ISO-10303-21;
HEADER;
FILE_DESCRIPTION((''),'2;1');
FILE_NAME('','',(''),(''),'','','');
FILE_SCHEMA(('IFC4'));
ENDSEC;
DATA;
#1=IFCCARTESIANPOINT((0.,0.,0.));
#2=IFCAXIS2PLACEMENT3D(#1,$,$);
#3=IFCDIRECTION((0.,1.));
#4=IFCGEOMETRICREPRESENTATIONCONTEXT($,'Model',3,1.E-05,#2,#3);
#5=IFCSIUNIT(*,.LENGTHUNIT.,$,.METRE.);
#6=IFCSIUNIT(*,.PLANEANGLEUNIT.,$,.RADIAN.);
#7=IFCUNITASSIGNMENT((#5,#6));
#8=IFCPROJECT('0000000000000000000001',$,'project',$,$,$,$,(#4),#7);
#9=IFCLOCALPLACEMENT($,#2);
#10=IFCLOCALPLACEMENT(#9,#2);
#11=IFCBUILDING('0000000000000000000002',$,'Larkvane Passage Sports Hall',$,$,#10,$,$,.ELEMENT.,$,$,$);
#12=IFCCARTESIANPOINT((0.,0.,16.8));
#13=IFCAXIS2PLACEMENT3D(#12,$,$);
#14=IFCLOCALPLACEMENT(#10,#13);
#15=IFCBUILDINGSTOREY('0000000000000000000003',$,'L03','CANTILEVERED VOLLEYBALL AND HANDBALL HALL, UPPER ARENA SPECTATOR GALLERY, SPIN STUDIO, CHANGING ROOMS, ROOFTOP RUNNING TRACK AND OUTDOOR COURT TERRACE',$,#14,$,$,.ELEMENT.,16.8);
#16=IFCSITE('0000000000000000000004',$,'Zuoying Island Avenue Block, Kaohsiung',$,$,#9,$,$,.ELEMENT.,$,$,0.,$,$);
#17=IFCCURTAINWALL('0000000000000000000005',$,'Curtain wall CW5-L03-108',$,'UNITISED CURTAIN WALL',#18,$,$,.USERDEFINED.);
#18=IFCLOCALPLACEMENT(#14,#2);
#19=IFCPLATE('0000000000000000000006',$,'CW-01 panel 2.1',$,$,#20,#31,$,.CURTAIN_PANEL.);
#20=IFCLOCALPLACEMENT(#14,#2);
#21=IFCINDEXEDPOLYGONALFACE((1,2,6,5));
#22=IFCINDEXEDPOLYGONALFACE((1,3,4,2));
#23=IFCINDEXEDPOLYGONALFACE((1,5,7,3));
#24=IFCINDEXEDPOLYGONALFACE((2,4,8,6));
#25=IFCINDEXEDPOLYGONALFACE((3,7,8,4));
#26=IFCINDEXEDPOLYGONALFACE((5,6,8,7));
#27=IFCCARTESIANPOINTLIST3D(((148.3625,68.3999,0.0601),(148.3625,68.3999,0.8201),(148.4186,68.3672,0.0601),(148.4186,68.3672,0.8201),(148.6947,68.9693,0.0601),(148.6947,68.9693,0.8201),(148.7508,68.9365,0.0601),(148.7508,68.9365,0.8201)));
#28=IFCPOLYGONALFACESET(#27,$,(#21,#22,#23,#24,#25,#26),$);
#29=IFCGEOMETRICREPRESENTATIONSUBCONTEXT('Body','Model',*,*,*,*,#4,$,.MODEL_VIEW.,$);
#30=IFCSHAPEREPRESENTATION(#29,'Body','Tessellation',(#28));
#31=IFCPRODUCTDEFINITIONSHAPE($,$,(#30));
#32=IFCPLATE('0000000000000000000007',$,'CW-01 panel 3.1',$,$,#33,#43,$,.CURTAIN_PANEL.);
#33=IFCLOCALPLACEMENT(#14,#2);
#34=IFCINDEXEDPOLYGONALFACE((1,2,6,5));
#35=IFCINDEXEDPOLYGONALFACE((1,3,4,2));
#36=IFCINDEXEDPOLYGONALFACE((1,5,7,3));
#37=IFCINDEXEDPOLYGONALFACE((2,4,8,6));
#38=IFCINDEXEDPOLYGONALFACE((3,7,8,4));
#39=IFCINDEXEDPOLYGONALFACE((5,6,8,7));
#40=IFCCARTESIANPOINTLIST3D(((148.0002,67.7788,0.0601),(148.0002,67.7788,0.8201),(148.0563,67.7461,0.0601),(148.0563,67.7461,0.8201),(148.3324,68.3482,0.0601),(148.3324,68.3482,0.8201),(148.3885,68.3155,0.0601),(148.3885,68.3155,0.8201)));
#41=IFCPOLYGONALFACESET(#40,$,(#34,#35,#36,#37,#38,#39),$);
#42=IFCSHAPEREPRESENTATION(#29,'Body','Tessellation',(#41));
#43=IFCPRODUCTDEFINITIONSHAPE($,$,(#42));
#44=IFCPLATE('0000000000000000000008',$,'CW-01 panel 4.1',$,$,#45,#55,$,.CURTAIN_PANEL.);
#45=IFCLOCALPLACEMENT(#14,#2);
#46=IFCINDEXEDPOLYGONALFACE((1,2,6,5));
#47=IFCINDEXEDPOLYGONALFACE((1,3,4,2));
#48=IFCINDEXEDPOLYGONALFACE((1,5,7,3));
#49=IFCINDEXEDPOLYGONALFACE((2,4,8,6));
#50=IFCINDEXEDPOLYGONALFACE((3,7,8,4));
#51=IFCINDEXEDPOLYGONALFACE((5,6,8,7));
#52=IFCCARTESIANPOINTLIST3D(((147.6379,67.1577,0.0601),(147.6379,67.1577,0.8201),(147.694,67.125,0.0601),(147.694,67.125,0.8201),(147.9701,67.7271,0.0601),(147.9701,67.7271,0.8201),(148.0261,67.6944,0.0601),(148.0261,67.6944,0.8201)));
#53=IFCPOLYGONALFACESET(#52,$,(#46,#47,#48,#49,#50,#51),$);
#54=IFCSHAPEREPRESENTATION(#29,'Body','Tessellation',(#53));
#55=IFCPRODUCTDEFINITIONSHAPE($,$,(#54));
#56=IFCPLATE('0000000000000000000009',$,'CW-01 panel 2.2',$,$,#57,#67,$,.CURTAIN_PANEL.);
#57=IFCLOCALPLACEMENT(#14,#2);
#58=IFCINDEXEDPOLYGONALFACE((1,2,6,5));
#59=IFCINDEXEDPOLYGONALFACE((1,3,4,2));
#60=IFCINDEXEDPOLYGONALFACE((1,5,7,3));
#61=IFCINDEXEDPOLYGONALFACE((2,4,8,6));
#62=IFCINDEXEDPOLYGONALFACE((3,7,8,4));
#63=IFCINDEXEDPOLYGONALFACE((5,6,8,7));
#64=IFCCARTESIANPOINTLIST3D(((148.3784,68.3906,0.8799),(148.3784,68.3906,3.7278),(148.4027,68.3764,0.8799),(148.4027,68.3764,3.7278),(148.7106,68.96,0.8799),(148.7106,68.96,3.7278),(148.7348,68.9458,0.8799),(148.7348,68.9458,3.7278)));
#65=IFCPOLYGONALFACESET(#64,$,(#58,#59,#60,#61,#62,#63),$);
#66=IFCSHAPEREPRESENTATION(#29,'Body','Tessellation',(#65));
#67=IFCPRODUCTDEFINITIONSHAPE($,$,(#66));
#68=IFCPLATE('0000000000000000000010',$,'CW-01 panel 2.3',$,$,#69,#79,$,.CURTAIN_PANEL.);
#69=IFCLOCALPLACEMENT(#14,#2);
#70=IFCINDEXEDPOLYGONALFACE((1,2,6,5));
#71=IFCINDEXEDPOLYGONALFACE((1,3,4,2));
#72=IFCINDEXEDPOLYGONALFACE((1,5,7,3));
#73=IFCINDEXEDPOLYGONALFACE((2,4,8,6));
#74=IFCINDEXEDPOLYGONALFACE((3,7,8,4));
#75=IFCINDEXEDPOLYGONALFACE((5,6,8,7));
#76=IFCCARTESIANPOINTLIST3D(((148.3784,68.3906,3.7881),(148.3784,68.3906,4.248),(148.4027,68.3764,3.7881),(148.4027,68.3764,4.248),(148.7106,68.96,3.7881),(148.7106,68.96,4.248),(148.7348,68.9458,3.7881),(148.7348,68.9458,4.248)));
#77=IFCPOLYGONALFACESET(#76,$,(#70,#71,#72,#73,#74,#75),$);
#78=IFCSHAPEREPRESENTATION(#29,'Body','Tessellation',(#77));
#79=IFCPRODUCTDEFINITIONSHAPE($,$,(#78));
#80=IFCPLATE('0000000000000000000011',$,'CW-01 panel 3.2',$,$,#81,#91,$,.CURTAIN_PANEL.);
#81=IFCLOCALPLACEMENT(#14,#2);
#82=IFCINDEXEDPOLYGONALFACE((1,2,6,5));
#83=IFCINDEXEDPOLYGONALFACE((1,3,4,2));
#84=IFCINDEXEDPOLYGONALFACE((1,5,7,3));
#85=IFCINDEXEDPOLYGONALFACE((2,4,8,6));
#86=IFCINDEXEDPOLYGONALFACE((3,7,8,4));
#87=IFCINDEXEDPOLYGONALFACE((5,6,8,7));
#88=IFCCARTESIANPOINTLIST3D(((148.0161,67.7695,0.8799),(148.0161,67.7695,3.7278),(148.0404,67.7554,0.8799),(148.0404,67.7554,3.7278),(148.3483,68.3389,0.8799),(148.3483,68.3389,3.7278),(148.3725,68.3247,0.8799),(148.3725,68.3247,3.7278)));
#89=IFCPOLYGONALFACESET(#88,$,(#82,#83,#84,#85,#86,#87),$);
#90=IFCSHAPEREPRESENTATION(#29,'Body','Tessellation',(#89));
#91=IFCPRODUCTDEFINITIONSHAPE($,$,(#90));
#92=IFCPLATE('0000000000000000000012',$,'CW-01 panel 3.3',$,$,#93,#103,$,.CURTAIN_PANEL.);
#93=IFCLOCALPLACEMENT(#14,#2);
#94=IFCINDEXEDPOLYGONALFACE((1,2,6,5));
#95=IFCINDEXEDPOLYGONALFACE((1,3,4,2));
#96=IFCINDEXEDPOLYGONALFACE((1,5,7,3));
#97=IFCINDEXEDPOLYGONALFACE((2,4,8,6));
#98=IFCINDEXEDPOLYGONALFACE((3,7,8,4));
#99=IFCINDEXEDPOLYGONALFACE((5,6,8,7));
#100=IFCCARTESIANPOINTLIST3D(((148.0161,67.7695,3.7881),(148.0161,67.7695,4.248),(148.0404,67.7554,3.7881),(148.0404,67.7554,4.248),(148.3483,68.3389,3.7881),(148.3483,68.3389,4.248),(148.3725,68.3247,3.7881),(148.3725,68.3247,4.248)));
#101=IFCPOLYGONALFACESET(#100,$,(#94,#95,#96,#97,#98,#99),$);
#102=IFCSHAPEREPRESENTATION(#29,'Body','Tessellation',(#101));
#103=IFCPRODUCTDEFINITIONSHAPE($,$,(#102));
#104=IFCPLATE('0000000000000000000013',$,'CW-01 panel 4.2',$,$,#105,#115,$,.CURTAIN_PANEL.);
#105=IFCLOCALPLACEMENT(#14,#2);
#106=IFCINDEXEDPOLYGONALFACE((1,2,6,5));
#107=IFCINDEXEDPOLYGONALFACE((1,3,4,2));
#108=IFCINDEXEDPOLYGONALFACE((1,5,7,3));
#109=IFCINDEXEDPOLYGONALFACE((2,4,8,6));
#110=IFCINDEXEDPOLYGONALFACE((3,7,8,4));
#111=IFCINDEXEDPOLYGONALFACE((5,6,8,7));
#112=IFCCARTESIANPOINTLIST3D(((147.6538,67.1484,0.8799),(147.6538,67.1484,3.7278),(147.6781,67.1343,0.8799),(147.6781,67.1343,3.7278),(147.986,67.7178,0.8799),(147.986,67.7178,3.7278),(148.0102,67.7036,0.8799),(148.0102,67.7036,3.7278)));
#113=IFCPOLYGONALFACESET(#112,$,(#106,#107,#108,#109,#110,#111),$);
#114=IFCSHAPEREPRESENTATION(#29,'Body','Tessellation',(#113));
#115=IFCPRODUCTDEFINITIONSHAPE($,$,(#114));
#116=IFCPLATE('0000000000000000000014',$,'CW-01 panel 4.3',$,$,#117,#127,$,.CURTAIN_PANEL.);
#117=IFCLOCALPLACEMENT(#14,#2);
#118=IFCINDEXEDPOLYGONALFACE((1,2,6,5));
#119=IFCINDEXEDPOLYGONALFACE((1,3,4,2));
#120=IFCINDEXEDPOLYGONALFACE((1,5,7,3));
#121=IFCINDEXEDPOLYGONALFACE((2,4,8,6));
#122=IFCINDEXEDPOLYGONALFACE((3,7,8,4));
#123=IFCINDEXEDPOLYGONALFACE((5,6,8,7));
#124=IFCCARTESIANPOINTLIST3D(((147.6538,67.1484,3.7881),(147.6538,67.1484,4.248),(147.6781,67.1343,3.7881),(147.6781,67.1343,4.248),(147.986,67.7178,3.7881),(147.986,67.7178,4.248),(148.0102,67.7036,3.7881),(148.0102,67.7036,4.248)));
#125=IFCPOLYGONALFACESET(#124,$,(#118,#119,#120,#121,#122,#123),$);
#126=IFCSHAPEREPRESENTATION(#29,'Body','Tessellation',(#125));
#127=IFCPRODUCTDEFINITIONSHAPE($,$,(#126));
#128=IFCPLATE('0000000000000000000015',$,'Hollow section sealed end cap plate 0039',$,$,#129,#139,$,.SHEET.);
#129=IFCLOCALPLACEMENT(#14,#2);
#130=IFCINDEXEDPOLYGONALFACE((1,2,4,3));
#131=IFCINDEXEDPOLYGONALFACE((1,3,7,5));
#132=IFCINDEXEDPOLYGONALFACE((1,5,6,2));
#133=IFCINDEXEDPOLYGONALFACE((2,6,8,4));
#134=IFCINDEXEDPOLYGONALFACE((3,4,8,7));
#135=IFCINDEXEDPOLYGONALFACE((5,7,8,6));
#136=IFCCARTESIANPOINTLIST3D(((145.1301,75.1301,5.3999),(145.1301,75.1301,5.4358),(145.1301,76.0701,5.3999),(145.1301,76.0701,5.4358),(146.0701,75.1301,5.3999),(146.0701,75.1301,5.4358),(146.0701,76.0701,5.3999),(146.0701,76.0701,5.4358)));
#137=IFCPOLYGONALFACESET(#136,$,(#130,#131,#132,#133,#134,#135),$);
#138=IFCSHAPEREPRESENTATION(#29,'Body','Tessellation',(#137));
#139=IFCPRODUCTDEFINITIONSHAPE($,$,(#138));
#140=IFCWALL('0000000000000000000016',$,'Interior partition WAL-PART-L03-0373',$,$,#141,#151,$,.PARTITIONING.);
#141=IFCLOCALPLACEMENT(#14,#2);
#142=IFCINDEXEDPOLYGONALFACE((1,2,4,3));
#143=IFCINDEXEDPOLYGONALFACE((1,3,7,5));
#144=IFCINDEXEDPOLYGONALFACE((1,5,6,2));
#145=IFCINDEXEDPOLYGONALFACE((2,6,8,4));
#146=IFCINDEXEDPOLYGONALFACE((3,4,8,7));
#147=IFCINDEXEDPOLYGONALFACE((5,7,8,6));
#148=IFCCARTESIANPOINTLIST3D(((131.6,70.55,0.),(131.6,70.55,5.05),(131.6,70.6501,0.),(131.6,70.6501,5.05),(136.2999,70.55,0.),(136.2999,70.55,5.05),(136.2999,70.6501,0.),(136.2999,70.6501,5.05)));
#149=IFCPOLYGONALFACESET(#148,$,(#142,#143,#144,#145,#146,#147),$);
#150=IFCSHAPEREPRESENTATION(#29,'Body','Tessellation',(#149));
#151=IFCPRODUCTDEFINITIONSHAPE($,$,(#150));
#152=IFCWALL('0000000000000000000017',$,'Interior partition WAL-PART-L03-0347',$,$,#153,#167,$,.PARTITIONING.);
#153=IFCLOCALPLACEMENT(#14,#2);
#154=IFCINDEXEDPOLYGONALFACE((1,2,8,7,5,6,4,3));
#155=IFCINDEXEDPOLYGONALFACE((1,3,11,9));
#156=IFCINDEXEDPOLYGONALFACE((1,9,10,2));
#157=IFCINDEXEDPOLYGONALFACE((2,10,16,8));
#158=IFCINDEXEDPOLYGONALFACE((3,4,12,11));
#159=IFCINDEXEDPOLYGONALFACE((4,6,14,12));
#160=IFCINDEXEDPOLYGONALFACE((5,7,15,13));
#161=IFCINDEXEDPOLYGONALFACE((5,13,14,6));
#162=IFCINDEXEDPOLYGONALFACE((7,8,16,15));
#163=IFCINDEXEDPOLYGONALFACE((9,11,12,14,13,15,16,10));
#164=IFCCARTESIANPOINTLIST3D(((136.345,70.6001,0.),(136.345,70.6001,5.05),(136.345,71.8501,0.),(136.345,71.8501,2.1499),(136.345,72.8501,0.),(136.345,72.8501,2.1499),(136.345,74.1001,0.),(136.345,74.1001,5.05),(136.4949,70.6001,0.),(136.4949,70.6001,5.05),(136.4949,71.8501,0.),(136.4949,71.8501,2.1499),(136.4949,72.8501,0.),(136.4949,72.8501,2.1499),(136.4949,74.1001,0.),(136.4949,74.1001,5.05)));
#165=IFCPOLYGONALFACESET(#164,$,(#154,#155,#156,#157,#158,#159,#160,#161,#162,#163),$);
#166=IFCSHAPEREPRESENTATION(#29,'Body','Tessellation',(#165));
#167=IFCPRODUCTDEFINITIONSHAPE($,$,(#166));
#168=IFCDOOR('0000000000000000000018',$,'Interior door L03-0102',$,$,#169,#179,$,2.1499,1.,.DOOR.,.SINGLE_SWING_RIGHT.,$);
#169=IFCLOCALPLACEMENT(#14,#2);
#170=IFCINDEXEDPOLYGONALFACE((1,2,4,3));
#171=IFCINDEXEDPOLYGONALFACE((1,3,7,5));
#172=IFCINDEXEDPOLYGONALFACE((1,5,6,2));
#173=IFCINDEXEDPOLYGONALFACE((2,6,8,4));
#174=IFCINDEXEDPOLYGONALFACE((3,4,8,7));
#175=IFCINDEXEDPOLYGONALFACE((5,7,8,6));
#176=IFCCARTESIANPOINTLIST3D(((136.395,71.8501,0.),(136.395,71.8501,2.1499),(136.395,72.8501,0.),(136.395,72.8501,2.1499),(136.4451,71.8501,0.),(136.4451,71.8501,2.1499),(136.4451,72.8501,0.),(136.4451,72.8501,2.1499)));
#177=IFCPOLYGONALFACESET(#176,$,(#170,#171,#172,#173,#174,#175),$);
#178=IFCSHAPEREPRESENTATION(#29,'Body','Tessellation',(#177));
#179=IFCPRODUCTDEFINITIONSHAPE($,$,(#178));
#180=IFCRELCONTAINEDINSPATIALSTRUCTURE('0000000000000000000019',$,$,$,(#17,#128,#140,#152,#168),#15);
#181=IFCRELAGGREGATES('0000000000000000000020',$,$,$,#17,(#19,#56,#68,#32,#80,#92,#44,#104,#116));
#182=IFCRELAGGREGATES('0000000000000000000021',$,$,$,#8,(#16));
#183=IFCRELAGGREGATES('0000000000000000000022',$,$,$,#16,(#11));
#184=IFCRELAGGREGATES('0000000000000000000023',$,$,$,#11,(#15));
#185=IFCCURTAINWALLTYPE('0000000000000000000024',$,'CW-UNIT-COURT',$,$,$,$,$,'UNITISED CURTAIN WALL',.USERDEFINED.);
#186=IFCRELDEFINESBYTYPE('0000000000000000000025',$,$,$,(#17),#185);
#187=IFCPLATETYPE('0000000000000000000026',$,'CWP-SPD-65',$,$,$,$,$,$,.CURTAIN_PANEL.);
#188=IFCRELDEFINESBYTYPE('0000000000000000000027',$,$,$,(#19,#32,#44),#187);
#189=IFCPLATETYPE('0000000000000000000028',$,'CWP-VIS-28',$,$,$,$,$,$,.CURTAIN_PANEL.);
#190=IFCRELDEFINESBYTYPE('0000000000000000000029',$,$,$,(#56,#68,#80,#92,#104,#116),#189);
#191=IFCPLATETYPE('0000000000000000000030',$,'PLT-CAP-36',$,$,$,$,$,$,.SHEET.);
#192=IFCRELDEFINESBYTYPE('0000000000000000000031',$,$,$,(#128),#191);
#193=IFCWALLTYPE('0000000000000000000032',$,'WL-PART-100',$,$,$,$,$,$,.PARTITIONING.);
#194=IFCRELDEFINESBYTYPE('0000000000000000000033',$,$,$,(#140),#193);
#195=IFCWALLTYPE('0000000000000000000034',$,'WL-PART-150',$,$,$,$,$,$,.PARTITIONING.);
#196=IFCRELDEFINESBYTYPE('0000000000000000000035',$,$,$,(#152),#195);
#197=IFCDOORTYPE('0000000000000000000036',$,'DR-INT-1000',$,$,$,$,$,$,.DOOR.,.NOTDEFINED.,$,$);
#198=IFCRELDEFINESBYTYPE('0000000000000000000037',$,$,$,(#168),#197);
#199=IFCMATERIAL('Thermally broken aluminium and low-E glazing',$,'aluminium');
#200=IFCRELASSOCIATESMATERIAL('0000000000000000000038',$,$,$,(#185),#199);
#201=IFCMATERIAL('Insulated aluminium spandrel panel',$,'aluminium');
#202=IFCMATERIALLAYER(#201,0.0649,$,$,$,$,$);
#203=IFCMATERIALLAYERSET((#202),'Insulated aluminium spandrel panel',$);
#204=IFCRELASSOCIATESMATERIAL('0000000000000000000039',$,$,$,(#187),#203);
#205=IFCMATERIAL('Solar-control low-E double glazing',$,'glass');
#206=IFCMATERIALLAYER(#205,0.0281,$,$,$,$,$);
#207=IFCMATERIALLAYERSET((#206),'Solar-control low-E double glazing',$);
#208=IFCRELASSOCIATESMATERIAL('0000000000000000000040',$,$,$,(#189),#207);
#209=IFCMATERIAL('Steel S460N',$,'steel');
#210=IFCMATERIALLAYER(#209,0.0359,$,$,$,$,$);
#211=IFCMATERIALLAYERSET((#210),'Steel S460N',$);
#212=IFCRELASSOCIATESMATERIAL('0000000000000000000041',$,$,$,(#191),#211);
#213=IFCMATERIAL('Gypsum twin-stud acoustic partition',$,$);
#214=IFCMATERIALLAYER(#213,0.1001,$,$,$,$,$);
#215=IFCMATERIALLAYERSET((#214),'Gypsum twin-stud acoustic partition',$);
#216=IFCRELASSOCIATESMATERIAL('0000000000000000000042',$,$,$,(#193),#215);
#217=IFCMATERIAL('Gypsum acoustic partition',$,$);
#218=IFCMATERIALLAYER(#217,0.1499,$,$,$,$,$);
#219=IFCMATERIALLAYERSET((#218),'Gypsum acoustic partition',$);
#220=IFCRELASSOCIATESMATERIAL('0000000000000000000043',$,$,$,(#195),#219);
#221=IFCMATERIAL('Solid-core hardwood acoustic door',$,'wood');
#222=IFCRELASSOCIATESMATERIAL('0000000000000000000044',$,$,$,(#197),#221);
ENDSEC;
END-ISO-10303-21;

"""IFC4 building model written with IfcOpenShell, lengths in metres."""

from ifc_helpers import new_model, si_unit, direction, frame, frame_2d, origin, origin_2d, place, context, subcontext, project, spatial, rectangle, extrude, material, layer, layer_set, type_object, element, fill, aggregate, save


model = new_model("IFC4")

# Units and contexts
model_context = context("Model", 3, precision=1e-05, world=origin(), true_north=direction((0.0, 1.0)))
body_context = subcontext(model_context, "Body", "Model", "MODEL_VIEW")
ifc_project = project(units=[si_unit("LENGTHUNIT", "METRE"), si_unit("PLANEANGLEUNIT", "RADIAN")], contexts=[model_context])

# Site, building, storey
site_placement = place(None, origin())
site = spatial("IfcSite", under=ifc_project, at=site_placement, Name="Zuoying Island Avenue Block, Kaohsiung", CompositionType="ELEMENT", RefElevation=0.0)
building_placement = place(site_placement, origin())
building = spatial("IfcBuilding", under=site, at=building_placement, Name="Larkvane Passage Sports Hall", CompositionType="ELEMENT")
storey_placement = place(building_placement, frame((0.0, 0.0, 16.8)))
storey = spatial("IfcBuildingStorey", under=building, at=storey_placement, Name="L03", Description="CANTILEVERED VOLLEYBALL AND HANDBALL HALL, UPPER ARENA SPECTATOR GALLERY, SPIN STUDIO, CHANGING ROOMS, ROOFTOP RUNNING TRACK AND OUTDOOR COURT TERRACE", CompositionType="ELEMENT", Elevation=16.8)

# Shared definitions
ifc_material_1 = material(Name="Steel S460N", Category="steel")

# Curtain wall
ifc_material_2 = material(Name="Thermally broken aluminium and low-E glazing", Category="aluminium")
curtain_wall_type = type_object("IfcCurtainWallType", Name="CW-UNIT-COURT", ElementType="UNITISED CURTAIN WALL", PredefinedType="USERDEFINED", material=ifc_material_2)
curtain_wall_placement = place(storey_placement, origin())
curtain_wall = element("IfcCurtainWall", 1, at=curtain_wall_placement, inside=storey, type_object=curtain_wall_type, Name="Curtain wall CW5-L03-108", ObjectType="UNITISED CURTAIN WALL", PredefinedType="USERDEFINED")

# Plates
ifc_material_3 = material(Name="Insulated aluminium spandrel panel", Category="aluminium")
ifc_layer_1 = layer(ifc_material_3, 0.0649)
ifc_layer_set_1 = layer_set([ifc_layer_1], Name="Insulated aluminium spandrel panel")
plate_type_1 = type_object("IfcPlateType", Name="CWP-SPD-65", PredefinedType="CURTAIN_PANEL", material=ifc_layer_set_1)
plate_1_placement = place(storey_placement, frame((148.5566, 68.6682, 0.0601), z_axis=(0.0, 0.0, 1.0), x_axis=(-0.503867, -0.863781, 0.0)))
plate_1 = element("IfcPlate", 2, at=plate_1_placement, type_object=plate_type_1, Name="CW-01 panel 2.1", PredefinedType="CURTAIN_PANEL", context=body_context, shape_type="SweptSolid", body=[
    extrude(rectangle(XDim=0.6592, YDim=0.0649, at=origin_2d()), origin(), (0.0, 0.0, 1.0), 0.76),
])
plate_2_placement = place(storey_placement, frame((148.1943, 68.0471, 0.0601), z_axis=(0.0, 0.0, 1.0), x_axis=(-0.503867, -0.863781, 0.0)))
plate_2 = element("IfcPlate", 3, at=plate_2_placement, type_object=plate_type_1, Name="CW-01 panel 3.1", PredefinedType="CURTAIN_PANEL", context=body_context, shape_type="SweptSolid", body=[
    extrude(rectangle(XDim=0.6592, YDim=0.0649, at=origin_2d()), origin(), (0.0, 0.0, 1.0), 0.76),
])
plate_3_placement = place(storey_placement, frame((147.832, 67.426, 0.0601), z_axis=(0.0, 0.0, 1.0), x_axis=(-0.503867, -0.863781, 0.0)))
plate_3 = element("IfcPlate", 4, at=plate_3_placement, type_object=plate_type_1, Name="CW-01 panel 4.1", PredefinedType="CURTAIN_PANEL", context=body_context, shape_type="SweptSolid", body=[
    extrude(rectangle(XDim=0.6592, YDim=0.0649, at=origin_2d()), origin(), (0.0, 0.0, 1.0), 0.76),
])
ifc_material_4 = material(Name="Solar-control low-E double glazing", Category="glass")
ifc_layer_2 = layer(ifc_material_4, 0.0281)
ifc_layer_set_2 = layer_set([ifc_layer_2], Name="Solar-control low-E double glazing")
plate_type_2 = type_object("IfcPlateType", Name="CWP-VIS-28", PredefinedType="CURTAIN_PANEL", material=ifc_layer_set_2)
plate_4_placement = place(storey_placement, frame((148.5566, 68.6682, 0.8799), z_axis=(0.0, 0.0, 1.0), x_axis=(-0.503867, -0.863781, 0.0)))
plate_4 = element("IfcPlate", 5, at=plate_4_placement, type_object=plate_type_2, Name="CW-01 panel 2.2", PredefinedType="CURTAIN_PANEL", context=body_context, shape_type="SweptSolid", body=[
    extrude(rectangle(XDim=0.6592, YDim=0.0281, at=origin_2d()), origin(), (0.0, 0.0, 1.0), 2.8479),
])
plate_5_placement = place(storey_placement, frame((148.5566, 68.6682, 3.7881), z_axis=(0.0, 0.0, 1.0), x_axis=(-0.503867, -0.863781, 0.0)))
plate_5 = element("IfcPlate", 6, at=plate_5_placement, type_object=plate_type_2, Name="CW-01 panel 2.3", PredefinedType="CURTAIN_PANEL", context=body_context, shape_type="SweptSolid", body=[
    extrude(rectangle(XDim=0.6592, YDim=0.0281, at=origin_2d()), origin(), (0.0, 0.0, 1.0), 0.46),
])
plate_6_placement = place(storey_placement, frame((148.1943, 68.0471, 0.8799), z_axis=(0.0, 0.0, 1.0), x_axis=(-0.503867, -0.863781, 0.0)))
plate_6 = element("IfcPlate", 7, at=plate_6_placement, type_object=plate_type_2, Name="CW-01 panel 3.2", PredefinedType="CURTAIN_PANEL", context=body_context, shape_type="SweptSolid", body=[
    extrude(rectangle(XDim=0.6592, YDim=0.0281, at=origin_2d()), origin(), (0.0, 0.0, 1.0), 2.8479),
])
plate_7_placement = place(storey_placement, frame((148.1943, 68.0471, 3.7881), z_axis=(0.0, 0.0, 1.0), x_axis=(-0.503867, -0.863781, 0.0)))
plate_7 = element("IfcPlate", 8, at=plate_7_placement, type_object=plate_type_2, Name="CW-01 panel 3.3", PredefinedType="CURTAIN_PANEL", context=body_context, shape_type="SweptSolid", body=[
    extrude(rectangle(XDim=0.6592, YDim=0.0281, at=origin_2d()), origin(), (0.0, 0.0, 1.0), 0.46),
])
plate_8_placement = place(storey_placement, frame((147.832, 67.426, 0.8799), z_axis=(0.0, 0.0, 1.0), x_axis=(-0.503867, -0.863781, 0.0)))
plate_8 = element("IfcPlate", 9, at=plate_8_placement, type_object=plate_type_2, Name="CW-01 panel 4.2", PredefinedType="CURTAIN_PANEL", context=body_context, shape_type="SweptSolid", body=[
    extrude(rectangle(XDim=0.6592, YDim=0.0281, at=origin_2d()), origin(), (0.0, 0.0, 1.0), 2.8479),
])
plate_9_placement = place(storey_placement, frame((147.832, 67.426, 3.7881), z_axis=(0.0, 0.0, 1.0), x_axis=(-0.503867, -0.863781, 0.0)))
plate_9 = element("IfcPlate", 10, at=plate_9_placement, type_object=plate_type_2, Name="CW-01 panel 4.3", PredefinedType="CURTAIN_PANEL", context=body_context, shape_type="SweptSolid", body=[
    extrude(rectangle(XDim=0.6592, YDim=0.0281, at=origin_2d()), origin(), (0.0, 0.0, 1.0), 0.46),
])
aggregate(curtain_wall, [plate_1, plate_4, plate_5, plate_2, plate_6, plate_7, plate_3, plate_8, plate_9])
ifc_layer_3 = layer(ifc_material_1, 0.0359)
ifc_layer_set_3 = layer_set([ifc_layer_3], Name="Steel S460N")
plate_type_3 = type_object("IfcPlateType", Name="PLT-CAP-36", PredefinedType="SHEET", material=ifc_layer_set_3)
plate_10_placement = place(storey_placement, frame((145.6001, 75.6001, 5.3999), z_axis=(0.0, 0.0, 1.0), x_axis=(1.0, 0.0, 0.0)))
element("IfcPlate", 11, at=plate_10_placement, inside=storey, type_object=plate_type_3, Name="Hollow section sealed end cap plate 0039", PredefinedType="SHEET", context=body_context, shape_type="SweptSolid", body=[
    extrude(rectangle(XDim=0.9399, YDim=0.9399, at=origin_2d()), origin(), (0.0, 0.0, 1.0), 0.0359),
])

# Wall
ifc_material_5 = material(Name="Gypsum twin-stud acoustic partition")
ifc_layer_4 = layer(ifc_material_5, 0.1001)
ifc_layer_set_4 = layer_set([ifc_layer_4], Name="Gypsum twin-stud acoustic partition")
wall_type_1 = type_object("IfcWallType", Name="WL-PART-100", PredefinedType="PARTITIONING", material=ifc_layer_set_4)
wall_1_placement = place(storey_placement, frame((136.3, 70.6001, 0.0), z_axis=(0.0, 0.0, 1.0), x_axis=(-1.0, 0.0, 0.0)))
element("IfcWall", 12, at=wall_1_placement, inside=storey, type_object=wall_type_1, Name="Interior partition WAL-PART-L03-0373", PredefinedType="PARTITIONING", context=body_context, shape_type="SweptSolid", body=[
    extrude(rectangle(XDim=4.7, YDim=0.1001, at=frame_2d((2.3501, 0.0))), origin(), (0.0, 0.0, 1.0), 5.05),
])

# Wall, opening, door
ifc_material_6 = material(Name="Gypsum acoustic partition")
ifc_layer_5 = layer(ifc_material_6, 0.1499)
ifc_layer_set_5 = layer_set([ifc_layer_5], Name="Gypsum acoustic partition")
wall_type_2 = type_object("IfcWallType", Name="WL-PART-150", PredefinedType="PARTITIONING", material=ifc_layer_set_5)
wall_2_placement = place(storey_placement, frame((136.4199, 70.6001, 0.0), z_axis=(0.0, 0.0, 1.0), x_axis=(0.0, 1.0, 0.0)))
wall_2 = element("IfcWall", 13, at=wall_2_placement, inside=storey, type_object=wall_type_2, Name="Interior partition WAL-PART-L03-0347", PredefinedType="PARTITIONING", context=body_context, shape_type="SweptSolid", body=[
    extrude(rectangle(XDim=3.5, YDim=0.1499, at=frame_2d((1.75, 0.0))), origin(), (0.0, 0.0, 1.0), 5.05),
])
opening_placement = place(wall_2_placement, frame((1.25, 0.0, 0.0)))
opening = element("IfcOpeningElement", 14, at=opening_placement, cuts=wall_2, PredefinedType="OPENING", context=body_context, shape_type="SweptSolid", body=[
    extrude(rectangle(XDim=1.0, YDim=2.1499, at=frame_2d((0.5, 1.075))), frame((0.0, 0.085, 0.0), z_axis=(0.0, -1.0, 0.0), x_axis=(1.0, 0.0, 0.0)), (0.0, 0.0, 1.0), 0.1699),
])
ifc_material_7 = material(Name="Solid-core hardwood acoustic door", Category="wood")
door_type = type_object("IfcDoorType", Name="DR-INT-1000", OperationType="NOTDEFINED", PredefinedType="DOOR", material=ifc_material_7)
door_placement = place(opening_placement, origin())
door = element("IfcDoor", 15, at=door_placement, inside=storey, type_object=door_type, Name="Interior door L03-0102", OperationType="SINGLE_SWING_RIGHT", OverallHeight=2.1499, OverallWidth=1.0, PredefinedType="DOOR", context=body_context, shape_type="SweptSolid", body=[
    extrude(rectangle(XDim=1.0, YDim=2.1499, at=frame_2d((0.5, 1.075))), frame((0.0, 0.0249, 0.0), z_axis=(0.0, -1.0, 0.0), x_axis=(1.0, 0.0, 0.0)), (0.0, 0.0, 1.0), 0.05),
])
fill(opening, door)

save(model, "model.ifc")
